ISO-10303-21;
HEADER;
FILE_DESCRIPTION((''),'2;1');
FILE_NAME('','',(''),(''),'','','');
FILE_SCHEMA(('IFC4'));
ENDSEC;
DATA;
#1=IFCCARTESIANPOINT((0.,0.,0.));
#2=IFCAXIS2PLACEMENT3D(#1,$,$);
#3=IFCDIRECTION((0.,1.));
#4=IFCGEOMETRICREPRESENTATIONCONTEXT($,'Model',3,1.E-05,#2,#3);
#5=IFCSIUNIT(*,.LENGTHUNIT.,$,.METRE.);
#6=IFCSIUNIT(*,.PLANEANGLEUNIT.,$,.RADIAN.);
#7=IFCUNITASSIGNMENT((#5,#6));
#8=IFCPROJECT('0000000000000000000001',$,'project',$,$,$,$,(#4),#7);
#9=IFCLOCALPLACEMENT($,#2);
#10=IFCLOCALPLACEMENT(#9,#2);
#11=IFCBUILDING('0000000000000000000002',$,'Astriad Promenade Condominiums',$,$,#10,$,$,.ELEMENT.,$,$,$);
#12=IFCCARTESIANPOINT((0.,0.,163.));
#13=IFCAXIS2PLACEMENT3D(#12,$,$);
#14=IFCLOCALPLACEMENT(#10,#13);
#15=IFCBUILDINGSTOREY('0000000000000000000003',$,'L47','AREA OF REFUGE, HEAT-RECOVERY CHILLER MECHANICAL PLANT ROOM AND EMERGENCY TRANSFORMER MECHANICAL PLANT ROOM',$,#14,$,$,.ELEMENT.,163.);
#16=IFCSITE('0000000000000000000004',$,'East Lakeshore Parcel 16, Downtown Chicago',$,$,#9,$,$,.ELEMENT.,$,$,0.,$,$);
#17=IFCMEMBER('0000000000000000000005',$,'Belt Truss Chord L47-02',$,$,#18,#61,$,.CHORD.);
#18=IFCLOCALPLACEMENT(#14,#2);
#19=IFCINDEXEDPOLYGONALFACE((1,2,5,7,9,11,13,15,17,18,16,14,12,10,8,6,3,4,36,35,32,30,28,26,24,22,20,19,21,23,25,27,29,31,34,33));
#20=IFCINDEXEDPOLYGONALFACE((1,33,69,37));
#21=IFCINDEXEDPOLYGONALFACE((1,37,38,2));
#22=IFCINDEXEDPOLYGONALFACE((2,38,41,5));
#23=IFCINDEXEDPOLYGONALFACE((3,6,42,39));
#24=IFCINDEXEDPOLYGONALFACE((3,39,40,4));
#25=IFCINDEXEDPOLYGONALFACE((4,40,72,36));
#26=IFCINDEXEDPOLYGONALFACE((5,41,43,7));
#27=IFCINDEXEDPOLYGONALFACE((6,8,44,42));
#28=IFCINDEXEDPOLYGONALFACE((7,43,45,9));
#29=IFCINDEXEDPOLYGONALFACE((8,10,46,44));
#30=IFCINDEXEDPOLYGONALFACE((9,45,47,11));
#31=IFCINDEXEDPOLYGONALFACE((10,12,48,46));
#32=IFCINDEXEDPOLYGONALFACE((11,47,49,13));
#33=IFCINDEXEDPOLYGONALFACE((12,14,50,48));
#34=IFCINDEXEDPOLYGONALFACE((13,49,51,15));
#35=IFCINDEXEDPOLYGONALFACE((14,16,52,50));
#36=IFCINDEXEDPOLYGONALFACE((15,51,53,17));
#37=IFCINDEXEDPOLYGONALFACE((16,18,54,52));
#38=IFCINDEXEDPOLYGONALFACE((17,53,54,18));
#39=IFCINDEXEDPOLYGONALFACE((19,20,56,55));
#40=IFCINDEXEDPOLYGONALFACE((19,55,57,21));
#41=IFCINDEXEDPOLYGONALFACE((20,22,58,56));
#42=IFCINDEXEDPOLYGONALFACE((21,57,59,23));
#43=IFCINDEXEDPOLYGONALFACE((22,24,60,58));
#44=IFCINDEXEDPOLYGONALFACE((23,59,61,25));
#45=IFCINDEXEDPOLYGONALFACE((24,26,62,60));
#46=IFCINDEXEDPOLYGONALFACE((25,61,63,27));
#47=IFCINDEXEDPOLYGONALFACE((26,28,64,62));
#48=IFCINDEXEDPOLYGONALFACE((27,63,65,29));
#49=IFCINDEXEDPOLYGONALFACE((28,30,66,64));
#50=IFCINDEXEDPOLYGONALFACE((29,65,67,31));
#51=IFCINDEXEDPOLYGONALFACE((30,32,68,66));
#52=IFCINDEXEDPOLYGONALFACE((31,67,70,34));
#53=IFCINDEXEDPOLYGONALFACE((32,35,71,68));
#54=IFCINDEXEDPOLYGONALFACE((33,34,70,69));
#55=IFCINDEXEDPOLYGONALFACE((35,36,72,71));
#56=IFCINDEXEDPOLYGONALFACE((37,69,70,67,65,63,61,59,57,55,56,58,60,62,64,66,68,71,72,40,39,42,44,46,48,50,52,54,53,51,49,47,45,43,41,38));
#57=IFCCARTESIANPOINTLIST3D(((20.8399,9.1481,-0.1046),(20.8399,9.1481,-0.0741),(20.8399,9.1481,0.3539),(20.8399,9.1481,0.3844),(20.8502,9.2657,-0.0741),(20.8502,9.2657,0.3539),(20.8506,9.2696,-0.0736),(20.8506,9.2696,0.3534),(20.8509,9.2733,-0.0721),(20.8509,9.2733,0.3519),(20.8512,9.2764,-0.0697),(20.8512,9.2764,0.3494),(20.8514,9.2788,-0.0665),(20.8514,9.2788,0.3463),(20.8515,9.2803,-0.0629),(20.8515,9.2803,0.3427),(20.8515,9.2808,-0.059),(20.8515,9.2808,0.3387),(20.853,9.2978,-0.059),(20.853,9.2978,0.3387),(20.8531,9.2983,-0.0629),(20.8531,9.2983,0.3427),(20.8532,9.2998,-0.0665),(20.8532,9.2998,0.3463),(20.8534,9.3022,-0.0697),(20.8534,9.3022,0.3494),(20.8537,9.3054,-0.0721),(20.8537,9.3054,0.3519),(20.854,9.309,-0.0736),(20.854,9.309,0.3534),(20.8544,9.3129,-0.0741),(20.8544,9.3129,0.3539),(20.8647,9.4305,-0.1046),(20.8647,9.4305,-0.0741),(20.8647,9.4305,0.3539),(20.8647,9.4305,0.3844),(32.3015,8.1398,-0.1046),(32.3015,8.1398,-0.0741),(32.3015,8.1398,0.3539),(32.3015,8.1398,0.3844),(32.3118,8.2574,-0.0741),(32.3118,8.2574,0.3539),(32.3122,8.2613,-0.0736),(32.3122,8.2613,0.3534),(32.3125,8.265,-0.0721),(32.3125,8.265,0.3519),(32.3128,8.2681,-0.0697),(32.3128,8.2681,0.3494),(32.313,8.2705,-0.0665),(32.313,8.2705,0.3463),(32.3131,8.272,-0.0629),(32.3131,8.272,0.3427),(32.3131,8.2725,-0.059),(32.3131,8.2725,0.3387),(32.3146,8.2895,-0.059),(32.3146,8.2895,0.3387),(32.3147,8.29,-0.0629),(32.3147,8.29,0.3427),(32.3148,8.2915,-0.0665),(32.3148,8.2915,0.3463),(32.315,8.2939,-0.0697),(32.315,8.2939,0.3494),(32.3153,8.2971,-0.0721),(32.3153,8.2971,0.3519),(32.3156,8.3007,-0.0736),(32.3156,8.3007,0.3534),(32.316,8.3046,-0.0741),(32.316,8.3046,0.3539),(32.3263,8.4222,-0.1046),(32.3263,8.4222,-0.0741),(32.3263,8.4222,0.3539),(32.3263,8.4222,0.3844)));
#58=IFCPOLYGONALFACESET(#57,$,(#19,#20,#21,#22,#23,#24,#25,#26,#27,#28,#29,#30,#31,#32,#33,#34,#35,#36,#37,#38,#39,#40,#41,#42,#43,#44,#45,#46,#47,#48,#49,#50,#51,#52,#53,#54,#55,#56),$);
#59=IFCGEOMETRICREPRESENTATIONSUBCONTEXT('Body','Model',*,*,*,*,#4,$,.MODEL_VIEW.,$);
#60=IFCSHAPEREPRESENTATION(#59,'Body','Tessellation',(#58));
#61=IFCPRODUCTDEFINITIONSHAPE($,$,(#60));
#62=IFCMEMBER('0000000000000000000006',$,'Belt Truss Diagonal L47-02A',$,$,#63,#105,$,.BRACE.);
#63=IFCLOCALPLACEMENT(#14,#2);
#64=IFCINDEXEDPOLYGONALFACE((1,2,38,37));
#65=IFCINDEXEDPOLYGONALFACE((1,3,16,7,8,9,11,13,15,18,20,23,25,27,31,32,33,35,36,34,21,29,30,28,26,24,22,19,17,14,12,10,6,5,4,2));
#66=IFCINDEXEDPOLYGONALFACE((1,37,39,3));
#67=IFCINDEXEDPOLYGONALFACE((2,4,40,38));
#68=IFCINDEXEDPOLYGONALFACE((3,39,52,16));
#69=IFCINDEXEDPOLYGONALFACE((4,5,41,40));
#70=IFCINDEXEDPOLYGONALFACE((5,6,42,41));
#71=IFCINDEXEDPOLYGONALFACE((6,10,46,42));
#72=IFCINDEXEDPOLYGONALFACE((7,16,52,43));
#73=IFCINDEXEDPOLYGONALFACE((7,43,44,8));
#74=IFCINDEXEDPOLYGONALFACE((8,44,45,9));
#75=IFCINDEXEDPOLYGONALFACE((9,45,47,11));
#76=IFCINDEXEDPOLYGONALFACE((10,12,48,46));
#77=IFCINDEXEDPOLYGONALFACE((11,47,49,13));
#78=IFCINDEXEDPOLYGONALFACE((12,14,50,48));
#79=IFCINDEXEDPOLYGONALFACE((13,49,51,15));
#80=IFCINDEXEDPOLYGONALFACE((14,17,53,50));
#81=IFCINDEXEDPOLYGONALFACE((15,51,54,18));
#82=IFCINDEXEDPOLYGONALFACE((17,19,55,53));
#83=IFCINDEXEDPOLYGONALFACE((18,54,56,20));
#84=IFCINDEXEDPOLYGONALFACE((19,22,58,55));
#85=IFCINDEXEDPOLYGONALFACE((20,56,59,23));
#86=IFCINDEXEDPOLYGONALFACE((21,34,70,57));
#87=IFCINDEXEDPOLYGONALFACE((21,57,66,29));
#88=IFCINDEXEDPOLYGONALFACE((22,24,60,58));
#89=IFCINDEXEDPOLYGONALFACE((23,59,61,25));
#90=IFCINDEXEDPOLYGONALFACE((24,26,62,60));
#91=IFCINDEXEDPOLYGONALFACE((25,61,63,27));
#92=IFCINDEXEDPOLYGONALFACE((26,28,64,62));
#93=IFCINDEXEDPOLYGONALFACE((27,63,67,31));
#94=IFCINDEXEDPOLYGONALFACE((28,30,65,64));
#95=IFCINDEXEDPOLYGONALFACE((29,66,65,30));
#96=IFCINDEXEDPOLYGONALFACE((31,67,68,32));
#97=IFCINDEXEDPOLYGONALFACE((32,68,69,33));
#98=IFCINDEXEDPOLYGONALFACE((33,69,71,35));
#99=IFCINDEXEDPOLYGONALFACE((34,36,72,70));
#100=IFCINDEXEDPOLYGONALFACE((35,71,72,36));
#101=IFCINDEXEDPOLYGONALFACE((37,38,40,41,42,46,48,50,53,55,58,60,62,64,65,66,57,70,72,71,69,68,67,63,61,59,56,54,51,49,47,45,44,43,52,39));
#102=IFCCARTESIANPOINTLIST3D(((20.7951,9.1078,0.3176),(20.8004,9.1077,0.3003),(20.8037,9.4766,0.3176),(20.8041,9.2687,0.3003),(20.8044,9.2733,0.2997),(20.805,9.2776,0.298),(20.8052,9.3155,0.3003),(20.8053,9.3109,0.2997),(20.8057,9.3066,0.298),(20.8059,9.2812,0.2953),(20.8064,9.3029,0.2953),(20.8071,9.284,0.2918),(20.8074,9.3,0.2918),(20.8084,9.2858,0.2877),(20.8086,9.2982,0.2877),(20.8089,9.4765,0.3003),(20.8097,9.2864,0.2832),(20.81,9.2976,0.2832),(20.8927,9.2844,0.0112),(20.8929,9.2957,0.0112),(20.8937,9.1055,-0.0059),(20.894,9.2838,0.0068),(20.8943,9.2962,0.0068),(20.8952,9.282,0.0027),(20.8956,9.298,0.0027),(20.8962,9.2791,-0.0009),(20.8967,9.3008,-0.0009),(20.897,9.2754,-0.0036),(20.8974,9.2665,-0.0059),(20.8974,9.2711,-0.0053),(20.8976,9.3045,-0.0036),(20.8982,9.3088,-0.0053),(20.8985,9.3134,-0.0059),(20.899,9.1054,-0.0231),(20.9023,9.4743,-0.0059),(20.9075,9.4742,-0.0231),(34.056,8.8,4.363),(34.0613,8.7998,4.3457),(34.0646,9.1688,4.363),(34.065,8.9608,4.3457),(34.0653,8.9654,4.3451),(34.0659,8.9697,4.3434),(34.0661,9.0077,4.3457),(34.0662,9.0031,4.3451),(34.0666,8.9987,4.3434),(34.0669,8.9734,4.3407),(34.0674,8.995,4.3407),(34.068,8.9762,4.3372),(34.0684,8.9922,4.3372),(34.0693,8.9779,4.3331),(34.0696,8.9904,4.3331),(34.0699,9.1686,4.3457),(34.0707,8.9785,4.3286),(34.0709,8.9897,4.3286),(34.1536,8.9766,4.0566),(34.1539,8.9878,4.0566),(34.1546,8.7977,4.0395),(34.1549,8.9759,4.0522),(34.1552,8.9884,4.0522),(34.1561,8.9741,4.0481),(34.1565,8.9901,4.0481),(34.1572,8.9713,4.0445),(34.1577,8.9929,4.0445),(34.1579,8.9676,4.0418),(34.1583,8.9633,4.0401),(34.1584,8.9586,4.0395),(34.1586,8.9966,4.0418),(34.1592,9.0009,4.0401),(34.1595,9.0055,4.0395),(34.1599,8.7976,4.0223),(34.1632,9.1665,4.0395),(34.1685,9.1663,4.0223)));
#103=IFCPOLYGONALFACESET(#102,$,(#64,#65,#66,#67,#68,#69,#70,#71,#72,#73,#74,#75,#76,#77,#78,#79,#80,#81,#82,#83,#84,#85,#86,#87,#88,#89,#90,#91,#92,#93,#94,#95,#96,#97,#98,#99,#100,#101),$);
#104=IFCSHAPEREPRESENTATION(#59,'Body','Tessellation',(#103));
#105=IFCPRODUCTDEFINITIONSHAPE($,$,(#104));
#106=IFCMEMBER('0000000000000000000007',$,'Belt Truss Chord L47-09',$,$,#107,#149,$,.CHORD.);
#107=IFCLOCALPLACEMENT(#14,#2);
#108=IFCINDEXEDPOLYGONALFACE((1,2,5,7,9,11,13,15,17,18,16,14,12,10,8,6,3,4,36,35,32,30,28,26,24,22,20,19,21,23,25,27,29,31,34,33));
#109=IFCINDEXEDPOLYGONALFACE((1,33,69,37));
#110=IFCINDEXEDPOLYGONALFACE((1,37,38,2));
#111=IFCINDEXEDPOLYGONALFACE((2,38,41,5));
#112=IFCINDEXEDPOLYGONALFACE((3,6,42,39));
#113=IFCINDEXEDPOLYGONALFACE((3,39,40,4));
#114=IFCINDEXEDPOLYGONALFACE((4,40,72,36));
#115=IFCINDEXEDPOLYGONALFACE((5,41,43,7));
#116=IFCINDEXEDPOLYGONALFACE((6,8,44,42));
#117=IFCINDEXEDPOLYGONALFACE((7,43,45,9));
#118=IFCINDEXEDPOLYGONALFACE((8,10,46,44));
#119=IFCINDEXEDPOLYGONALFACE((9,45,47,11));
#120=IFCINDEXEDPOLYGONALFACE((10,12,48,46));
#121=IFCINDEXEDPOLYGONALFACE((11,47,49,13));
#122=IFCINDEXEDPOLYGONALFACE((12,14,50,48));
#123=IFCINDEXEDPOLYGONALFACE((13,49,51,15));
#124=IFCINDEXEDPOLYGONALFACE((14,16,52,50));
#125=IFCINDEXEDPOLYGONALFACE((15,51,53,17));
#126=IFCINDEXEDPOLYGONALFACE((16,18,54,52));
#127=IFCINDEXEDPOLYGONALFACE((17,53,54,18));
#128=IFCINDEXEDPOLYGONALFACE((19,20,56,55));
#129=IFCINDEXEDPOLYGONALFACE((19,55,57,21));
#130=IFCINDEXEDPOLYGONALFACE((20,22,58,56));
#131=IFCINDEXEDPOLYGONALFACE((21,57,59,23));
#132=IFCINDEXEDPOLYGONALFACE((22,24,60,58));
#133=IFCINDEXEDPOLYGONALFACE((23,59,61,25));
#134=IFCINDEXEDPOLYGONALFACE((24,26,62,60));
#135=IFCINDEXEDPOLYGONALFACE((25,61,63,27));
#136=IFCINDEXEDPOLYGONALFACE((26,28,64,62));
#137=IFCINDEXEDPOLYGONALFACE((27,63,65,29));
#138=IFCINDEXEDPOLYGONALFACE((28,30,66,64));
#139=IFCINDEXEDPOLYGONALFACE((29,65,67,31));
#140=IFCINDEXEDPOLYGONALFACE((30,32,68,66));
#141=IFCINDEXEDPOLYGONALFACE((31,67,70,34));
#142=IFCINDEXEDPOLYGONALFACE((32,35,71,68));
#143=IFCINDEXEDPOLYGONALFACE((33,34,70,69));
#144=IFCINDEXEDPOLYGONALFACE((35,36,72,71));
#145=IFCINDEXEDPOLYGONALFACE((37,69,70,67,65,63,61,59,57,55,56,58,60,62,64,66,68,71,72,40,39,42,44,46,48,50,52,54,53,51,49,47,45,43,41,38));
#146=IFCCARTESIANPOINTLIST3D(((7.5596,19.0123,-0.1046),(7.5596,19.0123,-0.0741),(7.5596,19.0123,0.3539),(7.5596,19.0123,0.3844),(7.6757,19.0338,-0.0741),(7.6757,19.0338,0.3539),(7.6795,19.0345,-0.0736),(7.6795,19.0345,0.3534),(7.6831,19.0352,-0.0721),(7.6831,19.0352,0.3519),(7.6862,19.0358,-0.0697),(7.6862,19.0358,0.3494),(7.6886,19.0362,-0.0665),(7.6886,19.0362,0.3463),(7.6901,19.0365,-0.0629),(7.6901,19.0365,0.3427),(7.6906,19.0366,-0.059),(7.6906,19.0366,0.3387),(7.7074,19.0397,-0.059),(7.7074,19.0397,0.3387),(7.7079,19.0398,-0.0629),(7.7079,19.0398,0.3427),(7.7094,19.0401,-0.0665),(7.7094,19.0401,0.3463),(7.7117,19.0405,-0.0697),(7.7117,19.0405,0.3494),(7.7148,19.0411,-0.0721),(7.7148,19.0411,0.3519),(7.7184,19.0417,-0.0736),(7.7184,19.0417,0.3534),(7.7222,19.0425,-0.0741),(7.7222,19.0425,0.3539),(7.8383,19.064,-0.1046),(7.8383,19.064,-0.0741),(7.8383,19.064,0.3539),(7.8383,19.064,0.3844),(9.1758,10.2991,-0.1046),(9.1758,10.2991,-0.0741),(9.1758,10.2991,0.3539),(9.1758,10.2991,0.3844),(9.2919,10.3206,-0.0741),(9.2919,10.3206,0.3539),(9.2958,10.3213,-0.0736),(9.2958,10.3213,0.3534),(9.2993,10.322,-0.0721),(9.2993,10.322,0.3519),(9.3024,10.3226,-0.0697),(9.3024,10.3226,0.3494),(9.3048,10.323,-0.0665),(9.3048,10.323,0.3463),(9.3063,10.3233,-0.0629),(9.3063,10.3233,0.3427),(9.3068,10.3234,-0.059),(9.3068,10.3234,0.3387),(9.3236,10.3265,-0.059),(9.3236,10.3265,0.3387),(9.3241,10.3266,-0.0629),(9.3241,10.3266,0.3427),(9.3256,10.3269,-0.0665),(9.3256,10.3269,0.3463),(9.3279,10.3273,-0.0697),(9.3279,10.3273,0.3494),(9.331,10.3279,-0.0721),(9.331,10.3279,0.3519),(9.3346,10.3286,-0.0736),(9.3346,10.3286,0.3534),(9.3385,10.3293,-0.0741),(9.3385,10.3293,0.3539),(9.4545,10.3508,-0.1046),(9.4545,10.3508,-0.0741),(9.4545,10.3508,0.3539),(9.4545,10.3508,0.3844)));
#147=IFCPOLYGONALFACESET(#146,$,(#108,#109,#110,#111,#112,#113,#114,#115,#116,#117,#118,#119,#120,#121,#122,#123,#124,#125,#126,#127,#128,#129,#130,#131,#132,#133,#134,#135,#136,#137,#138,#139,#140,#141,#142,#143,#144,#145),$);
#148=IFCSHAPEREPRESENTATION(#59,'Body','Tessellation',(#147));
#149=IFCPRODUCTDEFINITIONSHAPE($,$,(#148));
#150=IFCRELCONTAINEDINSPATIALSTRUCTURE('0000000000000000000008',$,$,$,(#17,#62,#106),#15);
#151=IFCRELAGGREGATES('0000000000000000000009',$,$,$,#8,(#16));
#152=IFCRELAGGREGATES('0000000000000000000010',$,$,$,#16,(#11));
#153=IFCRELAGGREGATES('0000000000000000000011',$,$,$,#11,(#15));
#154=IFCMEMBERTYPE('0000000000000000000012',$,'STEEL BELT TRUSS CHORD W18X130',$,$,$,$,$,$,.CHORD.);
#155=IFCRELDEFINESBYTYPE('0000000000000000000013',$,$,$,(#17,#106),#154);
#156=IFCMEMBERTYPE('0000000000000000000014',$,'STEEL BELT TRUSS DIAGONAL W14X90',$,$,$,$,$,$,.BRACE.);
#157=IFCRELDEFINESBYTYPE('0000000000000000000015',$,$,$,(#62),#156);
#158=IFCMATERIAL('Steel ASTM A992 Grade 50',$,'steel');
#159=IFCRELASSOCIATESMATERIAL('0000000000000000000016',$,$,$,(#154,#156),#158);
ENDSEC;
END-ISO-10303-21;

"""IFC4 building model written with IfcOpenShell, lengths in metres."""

from ifc_helpers import new_model, si_unit, direction, frame, origin, origin_2d, place, context, subcontext, project, spatial, i_section, extrude, source, transform, mapped, material, material_profile, profile_set, type_object, element, save


model = new_model("IFC4")

# Units and contexts
model_context = context("Model", 3, precision=1e-05, world=origin(), true_north=direction((0.0, 1.0)))
body_context = subcontext(model_context, "Body", "Model", "MODEL_VIEW")
ifc_project = project(units=[si_unit("LENGTHUNIT", "METRE"), si_unit("PLANEANGLEUNIT", "RADIAN")], contexts=[model_context])

# Site, building, storey
site_placement = place(None, origin())
site = spatial("IfcSite", under=ifc_project, at=site_placement, Name="East Lakeshore Parcel 16, Downtown Chicago", CompositionType="ELEMENT", RefElevation=0.0)
building_placement = place(site_placement, origin())
building = spatial("IfcBuilding", under=site, at=building_placement, Name="Astriad Promenade Condominiums", CompositionType="ELEMENT")
storey_placement = place(building_placement, frame((0.0, 0.0, 163.0)))
storey = spatial("IfcBuildingStorey", under=building, at=storey_placement, Name="L47", Description="AREA OF REFUGE, HEAT-RECOVERY CHILLER MECHANICAL PLANT ROOM AND EMERGENCY TRANSFORMER MECHANICAL PLANT ROOM", CompositionType="ELEMENT", Elevation=163.0)

# Shared definitions
ifc_material_1 = material(Name="Steel ASTM A992 Grade 50", Category="steel")

# Members
ifc_material_profile_1 = material_profile(ifc_material_1, i_section(OverallWidth=0.2834, OverallDepth=0.489, WebThickness=0.0171, FlangeThickness=0.0305, FilletRadius=0.0151, at=origin_2d()), Name="W18X130")
ifc_profile_set_1 = profile_set([ifc_material_profile_1], Name="Steel ASTM A992 Grade 50")
member_type_1 = type_object("IfcMemberType", Name="STEEL BELT TRUSS CHORD W18X130", PredefinedType="CHORD", material=ifc_profile_set_1)
ifc_material_profile_2 = material_profile(ifc_material_1, i_section(OverallWidth=0.3689, OverallDepth=0.3562, WebThickness=0.0112, FlangeThickness=0.0181, FilletRadius=0.0178, at=origin_2d()), Name="W14X90")
ifc_profile_set_2 = profile_set([ifc_material_profile_2], Name="Steel ASTM A992 Grade 50")
member_type_2 = type_object("IfcMemberType", Name="STEEL BELT TRUSS DIAGONAL W14X90", PredefinedType="BRACE", material=ifc_profile_set_2)
shared_shape_1 = source(origin(), body_context, "Body", "SweptSolid", [
    extrude(i_section(OverallWidth=0.2834, OverallDepth=0.489, WebThickness=0.0171, FlangeThickness=0.0305, FilletRadius=0.0151, at=origin_2d()), origin(), (0.0, 0.0, 1.0), 11.5059),
])
member_1_placement = place(storey_placement, frame((20.8523, 9.2893, 0.1399), z_axis=(0.996153, -0.087633, 0.0), x_axis=(0.087633, 0.996153, 0.0)))
element("IfcMember", 1, at=member_1_placement, inside=storey, type_object=member_type_1, Name="Belt Truss Chord L47-02", PredefinedType="CHORD", context=body_context, shape_type="MappedRepresentation", body=[
    mapped(shared_shape_1, transform((0.0, 0.0, 0.0), scale=1.0)),
])
shared_shape_2 = source(origin(), body_context, "Body", "SweptSolid", [
    extrude(i_section(OverallWidth=0.3689, OverallDepth=0.3562, WebThickness=0.0112, FlangeThickness=0.0181, FilletRadius=0.0178, at=origin_2d()), origin(), (0.0, 0.0, 1.0), 13.8677),
])
member_2_placement = place(storey_placement, frame((20.8513, 9.291, 0.1472), z_axis=(0.956248, -0.0222, 0.291714), x_axis=(0.023209, 0.999731, 0.0)))
element("IfcMember", 2, at=member_2_placement, inside=storey, type_object=member_type_2, Name="Belt Truss Diagonal L47-02A", PredefinedType="BRACE", context=body_context, shape_type="MappedRepresentation", body=[
    mapped(shared_shape_2, transform((0.0, 0.0, 0.0), scale=1.0)),
])
shared_shape_3 = source(origin(), body_context, "Body", "SweptSolid", [
    extrude(i_section(OverallWidth=0.2834, OverallDepth=0.489, WebThickness=0.0171, FlangeThickness=0.0305, FilletRadius=0.0151, at=origin_2d()), origin(), (0.0, 0.0, 1.0), 8.8618),
])
member_3_placement = place(storey_placement, frame((9.3152, 10.325, 0.1399), z_axis=(-0.18238, 0.983228, 0.0), x_axis=(-0.983228, -0.18238, 0.0)))
element("IfcMember", 3, at=member_3_placement, inside=storey, type_object=member_type_1, Name="Belt Truss Chord L47-09", PredefinedType="CHORD", context=body_context, shape_type="MappedRepresentation", body=[
    mapped(shared_shape_3, transform((0.0, 0.0, 0.0), scale=1.0)),
])

save(model, "model.ifc")
